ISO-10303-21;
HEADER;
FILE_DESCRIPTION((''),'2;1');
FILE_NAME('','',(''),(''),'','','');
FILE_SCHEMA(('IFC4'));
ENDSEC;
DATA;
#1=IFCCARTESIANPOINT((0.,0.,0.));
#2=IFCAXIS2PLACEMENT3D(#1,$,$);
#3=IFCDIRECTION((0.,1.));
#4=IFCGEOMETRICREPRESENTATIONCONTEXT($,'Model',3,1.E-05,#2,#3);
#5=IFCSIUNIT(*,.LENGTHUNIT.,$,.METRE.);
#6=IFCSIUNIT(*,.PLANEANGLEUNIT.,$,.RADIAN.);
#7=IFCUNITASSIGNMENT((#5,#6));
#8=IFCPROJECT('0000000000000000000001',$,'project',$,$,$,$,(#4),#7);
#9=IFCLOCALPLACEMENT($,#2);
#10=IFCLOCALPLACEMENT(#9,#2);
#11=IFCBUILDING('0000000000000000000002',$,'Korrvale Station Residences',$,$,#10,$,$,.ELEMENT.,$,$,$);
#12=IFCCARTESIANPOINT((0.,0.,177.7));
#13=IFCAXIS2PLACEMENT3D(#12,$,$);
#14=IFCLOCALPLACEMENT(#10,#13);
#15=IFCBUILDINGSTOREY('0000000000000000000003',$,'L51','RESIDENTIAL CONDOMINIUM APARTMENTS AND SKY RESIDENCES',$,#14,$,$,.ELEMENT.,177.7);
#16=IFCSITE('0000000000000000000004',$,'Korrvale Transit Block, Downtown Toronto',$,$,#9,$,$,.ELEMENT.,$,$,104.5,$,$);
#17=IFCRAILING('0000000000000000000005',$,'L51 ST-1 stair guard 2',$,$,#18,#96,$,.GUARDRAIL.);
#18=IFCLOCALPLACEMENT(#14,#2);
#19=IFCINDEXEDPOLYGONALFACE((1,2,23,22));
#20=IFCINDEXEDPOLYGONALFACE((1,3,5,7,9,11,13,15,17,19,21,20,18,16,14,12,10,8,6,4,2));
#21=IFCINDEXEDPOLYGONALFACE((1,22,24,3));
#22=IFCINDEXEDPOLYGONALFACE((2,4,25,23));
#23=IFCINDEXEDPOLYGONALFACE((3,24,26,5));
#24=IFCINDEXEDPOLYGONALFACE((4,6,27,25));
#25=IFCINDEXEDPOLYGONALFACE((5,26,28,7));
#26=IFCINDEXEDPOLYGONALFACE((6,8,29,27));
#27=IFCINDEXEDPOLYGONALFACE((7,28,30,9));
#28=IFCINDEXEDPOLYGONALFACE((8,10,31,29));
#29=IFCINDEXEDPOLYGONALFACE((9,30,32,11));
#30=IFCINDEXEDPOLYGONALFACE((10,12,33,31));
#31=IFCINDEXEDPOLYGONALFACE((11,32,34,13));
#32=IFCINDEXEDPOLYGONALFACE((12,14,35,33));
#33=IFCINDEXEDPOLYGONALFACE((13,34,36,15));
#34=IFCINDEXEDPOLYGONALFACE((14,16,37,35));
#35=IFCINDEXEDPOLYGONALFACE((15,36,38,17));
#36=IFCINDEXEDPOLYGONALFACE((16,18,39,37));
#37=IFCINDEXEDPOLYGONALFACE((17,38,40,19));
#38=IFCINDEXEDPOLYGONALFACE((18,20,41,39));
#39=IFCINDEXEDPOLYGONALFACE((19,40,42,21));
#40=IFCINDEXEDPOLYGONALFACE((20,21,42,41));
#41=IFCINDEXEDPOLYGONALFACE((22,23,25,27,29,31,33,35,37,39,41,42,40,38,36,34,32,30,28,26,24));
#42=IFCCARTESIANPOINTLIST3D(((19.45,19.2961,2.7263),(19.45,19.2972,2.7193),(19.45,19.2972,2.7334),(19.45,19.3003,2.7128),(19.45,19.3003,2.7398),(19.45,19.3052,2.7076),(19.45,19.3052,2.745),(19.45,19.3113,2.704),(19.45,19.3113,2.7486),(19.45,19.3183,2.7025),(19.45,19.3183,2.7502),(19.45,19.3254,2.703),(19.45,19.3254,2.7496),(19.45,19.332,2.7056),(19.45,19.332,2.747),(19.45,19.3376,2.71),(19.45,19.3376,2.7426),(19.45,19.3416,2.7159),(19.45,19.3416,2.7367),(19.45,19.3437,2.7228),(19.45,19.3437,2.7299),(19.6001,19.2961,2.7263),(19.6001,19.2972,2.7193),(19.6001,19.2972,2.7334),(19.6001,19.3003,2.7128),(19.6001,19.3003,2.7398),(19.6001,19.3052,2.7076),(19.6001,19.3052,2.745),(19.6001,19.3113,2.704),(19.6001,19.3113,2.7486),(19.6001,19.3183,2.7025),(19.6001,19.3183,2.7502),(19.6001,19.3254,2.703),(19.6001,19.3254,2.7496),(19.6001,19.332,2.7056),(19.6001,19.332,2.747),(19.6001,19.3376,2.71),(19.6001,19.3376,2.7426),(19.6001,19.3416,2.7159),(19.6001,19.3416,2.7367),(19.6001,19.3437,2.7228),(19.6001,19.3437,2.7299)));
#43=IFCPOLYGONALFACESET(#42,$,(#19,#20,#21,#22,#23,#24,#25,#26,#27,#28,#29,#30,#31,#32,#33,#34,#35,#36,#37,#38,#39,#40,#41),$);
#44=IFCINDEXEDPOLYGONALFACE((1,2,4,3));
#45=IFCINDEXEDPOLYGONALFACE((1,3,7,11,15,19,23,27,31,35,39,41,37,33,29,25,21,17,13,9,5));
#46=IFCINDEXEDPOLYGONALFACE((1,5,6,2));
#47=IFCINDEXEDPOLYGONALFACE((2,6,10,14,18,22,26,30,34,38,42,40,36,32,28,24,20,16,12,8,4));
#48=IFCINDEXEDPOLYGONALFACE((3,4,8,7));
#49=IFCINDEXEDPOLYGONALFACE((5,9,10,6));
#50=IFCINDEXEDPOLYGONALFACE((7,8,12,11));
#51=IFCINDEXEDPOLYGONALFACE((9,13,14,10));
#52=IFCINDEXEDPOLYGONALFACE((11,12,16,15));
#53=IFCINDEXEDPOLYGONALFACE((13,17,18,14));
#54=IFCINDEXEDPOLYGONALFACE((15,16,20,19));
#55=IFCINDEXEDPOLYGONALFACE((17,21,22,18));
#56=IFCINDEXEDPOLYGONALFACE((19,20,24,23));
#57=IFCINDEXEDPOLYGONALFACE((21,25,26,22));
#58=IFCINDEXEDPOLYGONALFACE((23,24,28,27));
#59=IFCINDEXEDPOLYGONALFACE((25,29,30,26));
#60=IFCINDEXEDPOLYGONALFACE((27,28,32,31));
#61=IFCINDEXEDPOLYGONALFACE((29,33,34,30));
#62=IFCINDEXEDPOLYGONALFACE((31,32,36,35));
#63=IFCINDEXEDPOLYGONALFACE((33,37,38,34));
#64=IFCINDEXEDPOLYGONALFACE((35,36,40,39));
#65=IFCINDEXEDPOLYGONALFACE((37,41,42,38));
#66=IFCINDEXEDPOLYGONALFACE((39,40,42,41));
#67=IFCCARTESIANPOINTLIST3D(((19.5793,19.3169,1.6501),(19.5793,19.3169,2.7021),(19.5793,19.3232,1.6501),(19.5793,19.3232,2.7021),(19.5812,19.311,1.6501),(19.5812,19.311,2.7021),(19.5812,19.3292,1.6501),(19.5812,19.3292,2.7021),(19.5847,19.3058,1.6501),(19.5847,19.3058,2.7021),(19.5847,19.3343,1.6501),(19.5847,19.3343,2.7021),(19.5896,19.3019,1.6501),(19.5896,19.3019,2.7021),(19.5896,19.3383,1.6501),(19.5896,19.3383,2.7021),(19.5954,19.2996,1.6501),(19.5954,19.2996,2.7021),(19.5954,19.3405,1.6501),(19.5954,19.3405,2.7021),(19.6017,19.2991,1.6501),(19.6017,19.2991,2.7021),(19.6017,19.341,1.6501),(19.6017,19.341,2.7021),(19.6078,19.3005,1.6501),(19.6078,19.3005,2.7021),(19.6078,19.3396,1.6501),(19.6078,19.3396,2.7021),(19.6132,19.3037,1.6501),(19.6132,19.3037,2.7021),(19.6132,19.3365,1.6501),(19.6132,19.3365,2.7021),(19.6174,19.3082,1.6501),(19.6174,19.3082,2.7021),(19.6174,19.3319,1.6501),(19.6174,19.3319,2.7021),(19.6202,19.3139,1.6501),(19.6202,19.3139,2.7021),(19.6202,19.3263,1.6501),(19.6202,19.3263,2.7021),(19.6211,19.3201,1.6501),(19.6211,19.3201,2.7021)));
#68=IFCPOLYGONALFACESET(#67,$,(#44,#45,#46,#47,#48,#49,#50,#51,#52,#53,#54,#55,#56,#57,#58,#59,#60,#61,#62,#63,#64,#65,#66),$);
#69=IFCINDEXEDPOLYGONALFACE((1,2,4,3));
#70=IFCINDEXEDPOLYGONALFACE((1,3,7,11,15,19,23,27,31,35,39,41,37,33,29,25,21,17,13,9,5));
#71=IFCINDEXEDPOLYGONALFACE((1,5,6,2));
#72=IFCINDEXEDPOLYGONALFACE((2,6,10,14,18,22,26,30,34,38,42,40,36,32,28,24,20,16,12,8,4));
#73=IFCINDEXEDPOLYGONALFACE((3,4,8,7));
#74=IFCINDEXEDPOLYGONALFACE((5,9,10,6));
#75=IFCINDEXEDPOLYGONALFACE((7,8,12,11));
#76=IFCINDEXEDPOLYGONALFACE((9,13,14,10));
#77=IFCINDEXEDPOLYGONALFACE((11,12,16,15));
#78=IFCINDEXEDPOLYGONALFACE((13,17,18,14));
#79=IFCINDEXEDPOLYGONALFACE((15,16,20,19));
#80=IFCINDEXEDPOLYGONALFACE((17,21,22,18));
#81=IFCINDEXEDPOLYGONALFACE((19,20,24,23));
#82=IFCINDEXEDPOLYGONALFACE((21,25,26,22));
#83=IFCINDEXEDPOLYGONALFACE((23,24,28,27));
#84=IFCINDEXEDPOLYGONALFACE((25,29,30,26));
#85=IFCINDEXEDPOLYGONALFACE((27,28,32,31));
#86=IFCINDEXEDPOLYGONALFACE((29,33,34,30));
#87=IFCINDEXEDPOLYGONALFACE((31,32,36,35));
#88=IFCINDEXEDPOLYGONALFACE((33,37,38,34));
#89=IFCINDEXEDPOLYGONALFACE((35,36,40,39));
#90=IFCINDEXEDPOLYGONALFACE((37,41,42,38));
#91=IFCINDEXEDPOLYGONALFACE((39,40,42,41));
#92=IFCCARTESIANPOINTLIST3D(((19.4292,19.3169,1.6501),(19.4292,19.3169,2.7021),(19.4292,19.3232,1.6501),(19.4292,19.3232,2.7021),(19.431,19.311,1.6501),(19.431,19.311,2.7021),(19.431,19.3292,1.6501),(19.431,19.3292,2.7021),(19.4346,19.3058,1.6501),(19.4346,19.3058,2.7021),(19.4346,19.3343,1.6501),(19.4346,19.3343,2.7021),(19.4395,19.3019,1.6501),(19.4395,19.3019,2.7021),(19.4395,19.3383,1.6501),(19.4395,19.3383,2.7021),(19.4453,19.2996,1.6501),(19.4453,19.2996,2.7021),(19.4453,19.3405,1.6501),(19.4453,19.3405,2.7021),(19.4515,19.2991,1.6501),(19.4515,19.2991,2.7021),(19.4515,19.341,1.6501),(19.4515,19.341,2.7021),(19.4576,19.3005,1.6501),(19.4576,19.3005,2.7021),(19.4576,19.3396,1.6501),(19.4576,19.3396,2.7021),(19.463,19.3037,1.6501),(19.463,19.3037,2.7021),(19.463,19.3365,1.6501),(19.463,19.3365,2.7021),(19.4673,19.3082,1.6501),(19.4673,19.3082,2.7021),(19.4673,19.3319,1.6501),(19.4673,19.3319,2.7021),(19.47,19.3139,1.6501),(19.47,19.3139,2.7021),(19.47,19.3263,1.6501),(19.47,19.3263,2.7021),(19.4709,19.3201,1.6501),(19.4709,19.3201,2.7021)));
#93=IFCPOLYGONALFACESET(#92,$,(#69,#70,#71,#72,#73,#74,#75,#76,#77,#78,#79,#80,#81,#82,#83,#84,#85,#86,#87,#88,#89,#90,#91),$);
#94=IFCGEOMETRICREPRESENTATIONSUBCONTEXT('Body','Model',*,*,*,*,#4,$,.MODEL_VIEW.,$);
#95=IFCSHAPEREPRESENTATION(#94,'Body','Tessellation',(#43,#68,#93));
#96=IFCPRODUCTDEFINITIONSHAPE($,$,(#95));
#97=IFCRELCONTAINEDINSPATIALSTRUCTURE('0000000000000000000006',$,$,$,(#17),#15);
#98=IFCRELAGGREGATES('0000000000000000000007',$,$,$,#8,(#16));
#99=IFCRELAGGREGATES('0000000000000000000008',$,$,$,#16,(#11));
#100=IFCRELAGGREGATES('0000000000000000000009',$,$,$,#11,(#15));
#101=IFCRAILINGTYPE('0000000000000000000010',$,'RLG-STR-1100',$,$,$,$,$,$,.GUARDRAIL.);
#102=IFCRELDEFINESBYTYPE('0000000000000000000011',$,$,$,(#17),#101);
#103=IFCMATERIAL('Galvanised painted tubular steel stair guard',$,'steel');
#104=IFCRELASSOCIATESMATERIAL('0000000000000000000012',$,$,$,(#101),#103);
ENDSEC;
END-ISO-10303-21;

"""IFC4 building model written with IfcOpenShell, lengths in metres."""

from ifc_helpers import new_model, si_unit, direction, frame, origin, origin_2d, place, context, subcontext, project, spatial, circle, extrude, material, type_object, element, save


model = new_model("IFC4")

# Units and contexts
model_context = context("Model", 3, precision=1e-05, world=origin(), true_north=direction((0.0, 1.0)))
body_context = subcontext(model_context, "Body", "Model", "MODEL_VIEW")
ifc_project = project(units=[si_unit("LENGTHUNIT", "METRE"), si_unit("PLANEANGLEUNIT", "RADIAN")], contexts=[model_context])

# Site, building, storey
site_placement = place(None, origin())
site = spatial("IfcSite", under=ifc_project, at=site_placement, Name="Korrvale Transit Block, Downtown Toronto", CompositionType="ELEMENT", RefElevation=104.5)
building_placement = place(site_placement, origin())
building = spatial("IfcBuilding", under=site, at=building_placement, Name="Korrvale Station Residences", CompositionType="ELEMENT")
storey_placement = place(building_placement, frame((0.0, 0.0, 177.7)))
storey = spatial("IfcBuildingStorey", under=building, at=storey_placement, Name="L51", Description="RESIDENTIAL CONDOMINIUM APARTMENTS AND SKY RESIDENCES", CompositionType="ELEMENT", Elevation=177.7)

# Railing
ifc_material_1 = material(Name="Galvanised painted tubular steel stair guard", Category="steel")
railing_type_1 = type_object("IfcRailingType", Name="RLG-STR-1100", PredefinedType="GUARDRAIL", material=ifc_material_1)
railing_1_placement = place(storey_placement, frame((19.6001, 19.3201, 1.6501)))
element("IfcRailing", 1, at=railing_1_placement, inside=storey, type_object=railing_type_1, Name="L51 ST-1 stair guard 2", PredefinedType="GUARDRAIL", context=body_context, shape_type="SweptSolid", body=[
    extrude(circle(Radius=0.0239, at=origin_2d()), frame((0.0, 0.0, 1.0762), z_axis=(-1.0, 0.0, 0.0), x_axis=(0.0, -1.0, 0.0)), (0.0, 0.0, 1.0), 0.1501),
    extrude(circle(Radius=0.021, at=origin_2d()), origin(), (0.0, 0.0, 1.0), 1.052),
    extrude(circle(Radius=0.021, at=origin_2d()), frame((-0.1501, 0.0, 0.0)), (0.0, 0.0, 1.0), 1.052),
])

save(model, "model.ifc")
